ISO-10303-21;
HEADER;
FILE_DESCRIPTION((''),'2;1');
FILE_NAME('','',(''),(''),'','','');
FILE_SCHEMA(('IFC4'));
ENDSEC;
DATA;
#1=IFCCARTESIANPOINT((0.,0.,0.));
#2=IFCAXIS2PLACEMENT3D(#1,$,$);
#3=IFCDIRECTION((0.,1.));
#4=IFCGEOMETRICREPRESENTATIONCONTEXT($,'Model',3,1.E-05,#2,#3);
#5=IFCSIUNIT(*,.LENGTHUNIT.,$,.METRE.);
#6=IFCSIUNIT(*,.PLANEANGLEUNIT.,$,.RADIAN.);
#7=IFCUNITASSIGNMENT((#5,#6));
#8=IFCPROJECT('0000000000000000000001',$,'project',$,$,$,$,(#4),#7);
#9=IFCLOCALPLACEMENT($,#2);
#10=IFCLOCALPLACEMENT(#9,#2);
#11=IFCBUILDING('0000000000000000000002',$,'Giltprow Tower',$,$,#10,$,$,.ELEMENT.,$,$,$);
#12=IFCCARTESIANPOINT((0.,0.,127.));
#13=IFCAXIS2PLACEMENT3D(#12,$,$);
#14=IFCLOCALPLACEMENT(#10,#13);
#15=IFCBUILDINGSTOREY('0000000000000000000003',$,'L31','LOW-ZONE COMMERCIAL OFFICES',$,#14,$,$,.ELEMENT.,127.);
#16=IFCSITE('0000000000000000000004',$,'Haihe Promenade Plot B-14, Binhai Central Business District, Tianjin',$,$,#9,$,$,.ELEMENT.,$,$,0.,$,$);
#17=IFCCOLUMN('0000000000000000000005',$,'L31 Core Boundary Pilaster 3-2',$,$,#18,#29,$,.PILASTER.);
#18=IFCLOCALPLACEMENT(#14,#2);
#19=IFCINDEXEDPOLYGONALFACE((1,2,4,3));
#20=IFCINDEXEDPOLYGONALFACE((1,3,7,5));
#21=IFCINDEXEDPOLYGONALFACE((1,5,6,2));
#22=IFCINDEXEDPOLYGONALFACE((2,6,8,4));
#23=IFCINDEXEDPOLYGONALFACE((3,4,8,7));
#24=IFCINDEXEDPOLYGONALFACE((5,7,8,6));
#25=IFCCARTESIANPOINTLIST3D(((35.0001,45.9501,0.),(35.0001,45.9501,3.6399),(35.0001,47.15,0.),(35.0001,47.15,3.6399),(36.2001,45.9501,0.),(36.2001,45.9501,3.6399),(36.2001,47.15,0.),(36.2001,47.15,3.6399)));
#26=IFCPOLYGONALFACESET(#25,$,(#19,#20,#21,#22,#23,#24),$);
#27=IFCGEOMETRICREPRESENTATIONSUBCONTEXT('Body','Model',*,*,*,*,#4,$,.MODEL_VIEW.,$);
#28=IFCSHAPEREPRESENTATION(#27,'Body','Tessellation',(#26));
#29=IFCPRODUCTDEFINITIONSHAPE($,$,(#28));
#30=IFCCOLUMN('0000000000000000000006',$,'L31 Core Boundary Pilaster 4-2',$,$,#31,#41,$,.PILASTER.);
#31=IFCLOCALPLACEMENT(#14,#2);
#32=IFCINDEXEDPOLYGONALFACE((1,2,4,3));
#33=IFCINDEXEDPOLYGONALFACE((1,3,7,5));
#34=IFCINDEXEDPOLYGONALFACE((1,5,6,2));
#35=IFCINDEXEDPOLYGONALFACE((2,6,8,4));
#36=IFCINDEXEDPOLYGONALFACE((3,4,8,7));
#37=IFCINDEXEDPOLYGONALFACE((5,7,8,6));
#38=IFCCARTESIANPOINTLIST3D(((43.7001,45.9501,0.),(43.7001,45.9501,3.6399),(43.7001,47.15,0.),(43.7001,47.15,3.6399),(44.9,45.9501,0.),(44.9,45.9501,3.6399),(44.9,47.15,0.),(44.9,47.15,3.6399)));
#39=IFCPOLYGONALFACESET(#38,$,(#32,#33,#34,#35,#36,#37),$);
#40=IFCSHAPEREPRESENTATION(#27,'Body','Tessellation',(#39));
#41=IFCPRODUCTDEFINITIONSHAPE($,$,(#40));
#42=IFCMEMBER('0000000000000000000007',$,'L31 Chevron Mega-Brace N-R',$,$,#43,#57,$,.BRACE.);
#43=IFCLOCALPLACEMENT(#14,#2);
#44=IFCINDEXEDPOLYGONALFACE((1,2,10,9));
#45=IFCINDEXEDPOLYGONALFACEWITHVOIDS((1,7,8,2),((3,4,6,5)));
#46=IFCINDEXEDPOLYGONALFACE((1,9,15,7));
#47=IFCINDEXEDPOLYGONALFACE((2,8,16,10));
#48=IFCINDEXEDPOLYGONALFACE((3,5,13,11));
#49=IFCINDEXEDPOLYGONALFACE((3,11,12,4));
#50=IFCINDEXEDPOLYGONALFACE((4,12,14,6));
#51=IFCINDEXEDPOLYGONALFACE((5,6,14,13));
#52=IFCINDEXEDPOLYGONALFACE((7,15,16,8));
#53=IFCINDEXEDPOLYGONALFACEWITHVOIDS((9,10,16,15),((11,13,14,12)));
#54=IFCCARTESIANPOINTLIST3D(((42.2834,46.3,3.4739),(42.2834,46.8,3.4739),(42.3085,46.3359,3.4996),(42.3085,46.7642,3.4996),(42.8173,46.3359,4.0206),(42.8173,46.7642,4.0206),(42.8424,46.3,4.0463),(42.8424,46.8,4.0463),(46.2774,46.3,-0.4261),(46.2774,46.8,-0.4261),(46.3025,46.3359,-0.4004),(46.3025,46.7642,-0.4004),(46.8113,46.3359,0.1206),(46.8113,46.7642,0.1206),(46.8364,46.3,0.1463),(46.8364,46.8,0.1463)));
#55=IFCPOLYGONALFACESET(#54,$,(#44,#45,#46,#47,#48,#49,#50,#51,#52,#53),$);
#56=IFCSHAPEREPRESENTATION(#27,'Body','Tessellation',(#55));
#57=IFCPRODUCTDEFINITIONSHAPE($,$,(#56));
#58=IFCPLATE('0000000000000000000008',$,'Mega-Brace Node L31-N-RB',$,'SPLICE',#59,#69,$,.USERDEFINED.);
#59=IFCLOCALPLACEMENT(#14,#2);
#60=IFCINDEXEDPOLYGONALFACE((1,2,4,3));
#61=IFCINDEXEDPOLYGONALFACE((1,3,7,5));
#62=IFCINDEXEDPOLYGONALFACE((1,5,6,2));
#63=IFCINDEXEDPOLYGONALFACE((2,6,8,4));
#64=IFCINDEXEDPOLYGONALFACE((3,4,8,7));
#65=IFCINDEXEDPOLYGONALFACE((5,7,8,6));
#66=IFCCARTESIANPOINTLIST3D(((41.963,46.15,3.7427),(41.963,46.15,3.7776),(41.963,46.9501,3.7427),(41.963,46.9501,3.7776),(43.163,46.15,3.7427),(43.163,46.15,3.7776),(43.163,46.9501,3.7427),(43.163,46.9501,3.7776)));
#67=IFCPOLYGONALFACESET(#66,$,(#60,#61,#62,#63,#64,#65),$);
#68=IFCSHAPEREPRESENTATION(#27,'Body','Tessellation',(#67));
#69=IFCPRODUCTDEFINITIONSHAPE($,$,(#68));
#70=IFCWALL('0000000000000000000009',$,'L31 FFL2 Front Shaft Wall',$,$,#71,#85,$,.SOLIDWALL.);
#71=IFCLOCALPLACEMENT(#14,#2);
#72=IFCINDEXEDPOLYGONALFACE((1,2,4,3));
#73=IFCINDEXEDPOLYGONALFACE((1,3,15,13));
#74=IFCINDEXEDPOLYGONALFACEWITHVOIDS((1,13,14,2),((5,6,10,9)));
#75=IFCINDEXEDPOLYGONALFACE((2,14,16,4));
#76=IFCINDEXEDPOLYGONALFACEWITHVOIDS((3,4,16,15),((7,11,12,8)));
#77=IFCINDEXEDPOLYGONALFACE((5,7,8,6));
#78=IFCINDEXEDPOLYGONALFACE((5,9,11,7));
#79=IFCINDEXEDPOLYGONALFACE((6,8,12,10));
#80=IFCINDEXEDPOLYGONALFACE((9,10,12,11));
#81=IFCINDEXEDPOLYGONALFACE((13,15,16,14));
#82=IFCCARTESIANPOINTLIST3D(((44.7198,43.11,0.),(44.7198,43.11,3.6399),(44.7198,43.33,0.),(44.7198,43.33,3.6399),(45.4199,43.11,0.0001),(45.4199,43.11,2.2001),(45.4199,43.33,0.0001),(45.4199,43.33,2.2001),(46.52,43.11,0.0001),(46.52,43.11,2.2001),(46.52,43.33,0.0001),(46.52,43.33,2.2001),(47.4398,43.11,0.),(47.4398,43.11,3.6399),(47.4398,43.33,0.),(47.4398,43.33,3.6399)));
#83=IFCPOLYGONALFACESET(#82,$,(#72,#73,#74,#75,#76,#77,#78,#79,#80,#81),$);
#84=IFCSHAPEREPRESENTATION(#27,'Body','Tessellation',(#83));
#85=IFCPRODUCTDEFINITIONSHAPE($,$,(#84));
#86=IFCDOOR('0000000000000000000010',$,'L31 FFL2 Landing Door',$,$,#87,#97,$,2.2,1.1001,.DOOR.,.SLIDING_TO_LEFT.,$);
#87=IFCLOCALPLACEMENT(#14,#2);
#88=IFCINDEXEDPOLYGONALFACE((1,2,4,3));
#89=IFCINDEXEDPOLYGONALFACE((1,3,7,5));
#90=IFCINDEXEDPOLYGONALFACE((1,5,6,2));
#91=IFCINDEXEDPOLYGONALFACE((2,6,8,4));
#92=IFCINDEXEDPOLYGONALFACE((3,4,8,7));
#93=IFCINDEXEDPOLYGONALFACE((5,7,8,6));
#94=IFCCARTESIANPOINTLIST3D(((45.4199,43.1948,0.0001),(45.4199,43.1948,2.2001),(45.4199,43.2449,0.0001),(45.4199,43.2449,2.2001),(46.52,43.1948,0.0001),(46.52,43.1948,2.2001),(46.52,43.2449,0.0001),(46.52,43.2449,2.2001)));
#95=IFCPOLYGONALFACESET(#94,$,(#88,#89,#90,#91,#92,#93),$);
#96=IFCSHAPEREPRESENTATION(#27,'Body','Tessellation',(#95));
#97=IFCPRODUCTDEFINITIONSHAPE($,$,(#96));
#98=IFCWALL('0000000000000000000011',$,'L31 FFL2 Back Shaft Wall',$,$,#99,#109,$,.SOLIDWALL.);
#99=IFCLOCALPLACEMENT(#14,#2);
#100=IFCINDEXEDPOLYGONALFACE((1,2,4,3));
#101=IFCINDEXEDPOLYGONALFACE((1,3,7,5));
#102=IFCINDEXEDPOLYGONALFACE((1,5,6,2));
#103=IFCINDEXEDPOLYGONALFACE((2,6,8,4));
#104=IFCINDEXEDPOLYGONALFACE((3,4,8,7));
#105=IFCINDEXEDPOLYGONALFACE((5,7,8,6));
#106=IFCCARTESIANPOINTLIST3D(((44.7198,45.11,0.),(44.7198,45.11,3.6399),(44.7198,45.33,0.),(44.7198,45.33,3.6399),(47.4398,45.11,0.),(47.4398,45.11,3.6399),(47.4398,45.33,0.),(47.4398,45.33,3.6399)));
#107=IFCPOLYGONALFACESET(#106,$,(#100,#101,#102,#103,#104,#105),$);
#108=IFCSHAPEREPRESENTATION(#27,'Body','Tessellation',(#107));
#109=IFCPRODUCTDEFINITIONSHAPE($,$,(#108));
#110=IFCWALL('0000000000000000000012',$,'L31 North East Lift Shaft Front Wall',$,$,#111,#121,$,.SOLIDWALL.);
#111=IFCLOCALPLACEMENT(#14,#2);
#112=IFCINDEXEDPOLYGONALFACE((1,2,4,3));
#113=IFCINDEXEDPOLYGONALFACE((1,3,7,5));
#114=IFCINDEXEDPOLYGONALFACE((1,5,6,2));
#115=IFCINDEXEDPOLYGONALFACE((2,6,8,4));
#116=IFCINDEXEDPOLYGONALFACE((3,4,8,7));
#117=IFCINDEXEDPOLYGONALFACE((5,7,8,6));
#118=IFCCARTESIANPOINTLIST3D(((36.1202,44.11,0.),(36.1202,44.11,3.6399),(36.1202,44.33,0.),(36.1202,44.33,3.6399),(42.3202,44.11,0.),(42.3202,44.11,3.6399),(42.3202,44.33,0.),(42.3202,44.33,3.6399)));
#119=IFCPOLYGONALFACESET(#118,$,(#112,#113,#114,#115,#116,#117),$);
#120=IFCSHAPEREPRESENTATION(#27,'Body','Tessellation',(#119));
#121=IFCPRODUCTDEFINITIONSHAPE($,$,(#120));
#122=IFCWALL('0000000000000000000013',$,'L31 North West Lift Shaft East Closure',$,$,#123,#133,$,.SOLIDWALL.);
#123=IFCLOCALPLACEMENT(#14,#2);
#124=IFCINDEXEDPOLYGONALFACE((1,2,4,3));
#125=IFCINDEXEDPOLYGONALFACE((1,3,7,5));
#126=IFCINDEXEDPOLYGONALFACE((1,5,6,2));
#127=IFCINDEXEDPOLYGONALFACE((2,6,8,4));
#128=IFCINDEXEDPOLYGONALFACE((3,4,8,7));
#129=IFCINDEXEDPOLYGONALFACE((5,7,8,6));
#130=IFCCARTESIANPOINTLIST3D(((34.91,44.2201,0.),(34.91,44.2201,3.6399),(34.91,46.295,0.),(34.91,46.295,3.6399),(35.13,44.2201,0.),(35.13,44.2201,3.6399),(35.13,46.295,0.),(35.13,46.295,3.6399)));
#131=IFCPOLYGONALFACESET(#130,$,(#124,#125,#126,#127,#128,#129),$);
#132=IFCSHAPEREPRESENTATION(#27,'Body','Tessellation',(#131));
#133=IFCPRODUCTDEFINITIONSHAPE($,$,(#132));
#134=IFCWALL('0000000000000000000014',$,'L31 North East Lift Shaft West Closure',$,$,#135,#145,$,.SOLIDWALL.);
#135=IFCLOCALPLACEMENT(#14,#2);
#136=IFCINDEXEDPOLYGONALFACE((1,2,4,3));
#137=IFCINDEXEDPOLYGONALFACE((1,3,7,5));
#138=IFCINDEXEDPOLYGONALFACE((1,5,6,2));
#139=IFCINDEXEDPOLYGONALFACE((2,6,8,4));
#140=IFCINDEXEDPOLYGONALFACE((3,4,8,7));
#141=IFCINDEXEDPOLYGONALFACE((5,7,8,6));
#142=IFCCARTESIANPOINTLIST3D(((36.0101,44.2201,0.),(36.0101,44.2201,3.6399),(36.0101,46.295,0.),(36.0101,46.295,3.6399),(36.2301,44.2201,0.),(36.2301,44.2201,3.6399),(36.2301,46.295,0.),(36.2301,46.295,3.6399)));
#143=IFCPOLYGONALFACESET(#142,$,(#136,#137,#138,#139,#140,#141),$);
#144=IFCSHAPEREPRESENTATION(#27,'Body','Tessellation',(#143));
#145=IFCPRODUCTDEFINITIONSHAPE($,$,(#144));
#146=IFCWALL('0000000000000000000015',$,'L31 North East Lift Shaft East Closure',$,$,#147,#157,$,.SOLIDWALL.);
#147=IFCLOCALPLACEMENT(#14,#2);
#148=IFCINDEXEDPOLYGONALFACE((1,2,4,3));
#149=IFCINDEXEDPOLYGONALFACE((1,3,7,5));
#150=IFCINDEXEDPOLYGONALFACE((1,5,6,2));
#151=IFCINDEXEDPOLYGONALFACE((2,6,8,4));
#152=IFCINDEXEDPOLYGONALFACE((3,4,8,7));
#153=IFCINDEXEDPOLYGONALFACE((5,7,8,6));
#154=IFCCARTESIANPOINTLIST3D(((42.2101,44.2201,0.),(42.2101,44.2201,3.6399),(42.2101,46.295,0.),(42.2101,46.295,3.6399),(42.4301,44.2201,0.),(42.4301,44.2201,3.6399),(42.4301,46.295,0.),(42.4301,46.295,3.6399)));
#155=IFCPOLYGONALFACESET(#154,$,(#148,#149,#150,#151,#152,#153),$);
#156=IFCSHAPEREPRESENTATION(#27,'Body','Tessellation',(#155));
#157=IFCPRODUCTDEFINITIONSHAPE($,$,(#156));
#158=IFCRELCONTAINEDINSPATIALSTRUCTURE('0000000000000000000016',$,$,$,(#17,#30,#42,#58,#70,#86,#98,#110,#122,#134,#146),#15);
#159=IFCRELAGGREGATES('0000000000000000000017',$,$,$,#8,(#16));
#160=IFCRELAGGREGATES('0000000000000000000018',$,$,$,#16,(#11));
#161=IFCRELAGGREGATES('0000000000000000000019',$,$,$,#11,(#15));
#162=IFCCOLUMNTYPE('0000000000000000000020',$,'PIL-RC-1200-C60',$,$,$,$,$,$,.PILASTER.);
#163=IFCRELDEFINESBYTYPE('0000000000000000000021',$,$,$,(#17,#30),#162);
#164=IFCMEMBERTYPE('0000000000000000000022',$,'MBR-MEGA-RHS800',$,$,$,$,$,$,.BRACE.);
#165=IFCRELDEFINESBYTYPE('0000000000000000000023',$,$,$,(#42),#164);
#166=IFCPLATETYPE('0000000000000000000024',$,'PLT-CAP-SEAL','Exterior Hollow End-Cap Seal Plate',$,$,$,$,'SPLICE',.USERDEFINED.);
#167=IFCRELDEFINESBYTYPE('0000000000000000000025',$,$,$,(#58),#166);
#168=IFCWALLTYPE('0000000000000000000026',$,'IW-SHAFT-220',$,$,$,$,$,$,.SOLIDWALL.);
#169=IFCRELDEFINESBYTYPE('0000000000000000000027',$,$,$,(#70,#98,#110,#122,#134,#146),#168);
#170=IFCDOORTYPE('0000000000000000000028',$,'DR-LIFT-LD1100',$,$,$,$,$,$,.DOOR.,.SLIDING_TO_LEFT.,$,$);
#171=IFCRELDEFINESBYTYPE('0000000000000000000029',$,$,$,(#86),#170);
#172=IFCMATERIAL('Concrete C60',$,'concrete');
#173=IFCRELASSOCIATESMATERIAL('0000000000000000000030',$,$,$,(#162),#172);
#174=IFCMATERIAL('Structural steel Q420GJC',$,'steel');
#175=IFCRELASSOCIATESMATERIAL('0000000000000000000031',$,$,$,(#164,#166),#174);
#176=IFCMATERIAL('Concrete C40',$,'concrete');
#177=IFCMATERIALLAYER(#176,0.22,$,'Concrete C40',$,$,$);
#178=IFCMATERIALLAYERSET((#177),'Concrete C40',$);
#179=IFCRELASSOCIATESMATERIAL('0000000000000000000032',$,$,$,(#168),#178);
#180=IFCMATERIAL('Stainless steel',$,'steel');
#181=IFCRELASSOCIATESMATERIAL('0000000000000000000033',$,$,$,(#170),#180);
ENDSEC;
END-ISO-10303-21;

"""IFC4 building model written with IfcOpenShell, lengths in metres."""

from ifc_helpers import new_model, si_unit, direction, frame, frame_2d, origin, origin_2d, place, context, subcontext, project, spatial, rectangle, hollow_rectangle, extrude, source, transform, mapped, material, layer, layer_set, material_profile, profile_set, type_object, element, fill, save


model = new_model("IFC4")

# Units and contexts
model_context = context("Model", 3, precision=1e-05, world=origin(), true_north=direction((0.0, 1.0)))
body_context = subcontext(model_context, "Body", "Model", "MODEL_VIEW")
ifc_project = project(units=[si_unit("LENGTHUNIT", "METRE"), si_unit("PLANEANGLEUNIT", "RADIAN")], contexts=[model_context])

# Site, building, storey
site_placement = place(None, origin())
site = spatial("IfcSite", under=ifc_project, at=site_placement, Name="Haihe Promenade Plot B-14, Binhai Central Business District, Tianjin", CompositionType="ELEMENT", RefElevation=0.0)
building_placement = place(site_placement, origin())
building = spatial("IfcBuilding", under=site, at=building_placement, Name="Giltprow Tower", CompositionType="ELEMENT")
storey_placement = place(building_placement, frame((0.0, 0.0, 127.0)))
storey = spatial("IfcBuildingStorey", under=building, at=storey_placement, Name="L31", Description="LOW-ZONE COMMERCIAL OFFICES", CompositionType="ELEMENT", Elevation=127.0)

# Columns
ifc_material_1 = material(Name="Concrete C60", Category="concrete")
ifc_material_profile_1 = material_profile(ifc_material_1, rectangle(XDim=1.2, YDim=1.2, at=origin_2d()), Name="RC 1200x1200")
ifc_profile_set_1 = profile_set([ifc_material_profile_1], Name="Concrete C60")
column_type = type_object("IfcColumnType", Name="PIL-RC-1200-C60", PredefinedType="PILASTER", material=ifc_profile_set_1)
shared_shape_1 = source(origin(), body_context, "Body", "SweptSolid", [
    extrude(rectangle(XDim=1.2, YDim=1.2, at=origin_2d()), origin(), (0.0, 0.0, 1.0), 3.6399),
])
for number, where, z_axis, x_axis, name in (
    (1, (35.6001, 46.55, 0.0), (0.0, 0.0, 1.0), (1.0, 0.0, 0.0), "L31 Core Boundary Pilaster 3-2"),
    (2, (44.3, 46.55, 0.0), (0.0, 0.0, 1.0), (1.0, 0.0, 0.0), "L31 Core Boundary Pilaster 4-2"),
):
    element("IfcColumn", number, at=place(storey_placement, frame(where, z_axis=z_axis, x_axis=x_axis)), inside=storey, type_object=column_type, Name=name, PredefinedType="PILASTER", context=body_context, shape_type="MappedRepresentation", body=[
        mapped(shared_shape_1, transform((0.0, 0.0, 0.0), x_axis=(1.0, 0.0, 0.0), y_axis=(0.0, 1.0, 0.0), z_axis=(0.0, 0.0, 1.0), scale=1.0)),
    ])

# Member
ifc_material_2 = material(Name="Structural steel Q420GJC", Category="steel")
ifc_material_profile_2 = material_profile(ifc_material_2, hollow_rectangle(XDim=0.5, YDim=0.8, WallThickness=0.0359, at=origin_2d()), Name="RHS 800x500x36")
ifc_profile_set_2 = profile_set([ifc_material_profile_2], Name="Structural steel Q420GJC")
member_type = type_object("IfcMemberType", Name="MBR-MEGA-RHS800", PredefinedType="BRACE", material=ifc_profile_set_2)
shared_shape_2 = source(origin(), body_context, "Body", "SweptSolid", [
    extrude(hollow_rectangle(XDim=0.5, YDim=0.8, WallThickness=0.0359, at=origin_2d()), origin(), (0.0, 0.0, 1.0), 5.5823),
])
member_placement = place(storey_placement, frame((46.5569, 46.55, -0.1399), z_axis=(-0.715476, 0.0, 0.698637), x_axis=(0.0, -1.0, 0.0)))
element("IfcMember", 3, at=member_placement, inside=storey, type_object=member_type, Name="L31 Chevron Mega-Brace N-R", PredefinedType="BRACE", context=body_context, shape_type="MappedRepresentation", body=[
    mapped(shared_shape_2, transform((0.0, 0.0, 0.0), x_axis=(1.0, 0.0, 0.0), y_axis=(0.0, 1.0, 0.0), z_axis=(0.0, 0.0, 1.0), scale=1.0)),
])

# Plate
plate_type = type_object("IfcPlateType", Name="PLT-CAP-SEAL", Description="Exterior Hollow End-Cap Seal Plate", ElementType="SPLICE", PredefinedType="USERDEFINED", material=ifc_material_2)
shared_shape_3 = source(origin(), body_context, "Body", "SweptSolid", [
    extrude(rectangle(XDim=1.2, YDim=0.8, at=origin_2d()), origin(), (0.0, 0.0, 1.0), 0.0349),
])
plate_placement = place(storey_placement, frame((42.563, 46.55, 3.7427), z_axis=(0.0, 0.0, 1.0), x_axis=(1.0, 0.0, 0.0)))
element("IfcPlate", 4, at=plate_placement, inside=storey, type_object=plate_type, Name="Mega-Brace Node L31-N-RB", ObjectType="SPLICE", PredefinedType="USERDEFINED", context=body_context, shape_type="MappedRepresentation", body=[
    mapped(shared_shape_3, transform((0.0, 0.0, 0.0), x_axis=(1.0, 0.0, 0.0), y_axis=(0.0, 1.0, 0.0), z_axis=(0.0, 0.0, 1.0), scale=1.0)),
])

# Wall, opening, door
ifc_material_3 = material(Name="Concrete C40", Category="concrete")
ifc_layer_1 = layer(ifc_material_3, 0.22, Name="Concrete C40")
ifc_layer_set_1 = layer_set([ifc_layer_1], Name="Concrete C40")
wall_type_1 = type_object("IfcWallType", Name="IW-SHAFT-220", PredefinedType="SOLIDWALL", material=ifc_layer_set_1)
wall_1_placement = place(storey_placement, frame((44.72, 43.22, 0.0), z_axis=(0.0, 0.0, 1.0), x_axis=(1.0, 0.0, 0.0)))
wall_1 = element("IfcWall", 5, at=wall_1_placement, inside=storey, type_object=wall_type_1, Name="L31 FFL2 Front Shaft Wall", PredefinedType="SOLIDWALL", context=body_context, shape_type="SweptSolid", body=[
    extrude(rectangle(XDim=2.72, YDim=0.22, at=frame_2d((1.3599, 0.0))), origin(), (0.0, 0.0, 1.0), 3.6399),
])
opening_1_placement = place(wall_1_placement, frame((0.7, 0.0, 0.0)))
opening_1 = element("IfcOpeningElement", 6, at=opening_1_placement, cuts=wall_1, PredefinedType="OPENING", context=body_context, shape_type="SweptSolid", body=[
    extrude(rectangle(XDim=1.1001, YDim=2.2, at=frame_2d((0.55, 1.1001))), frame((0.0, 0.1199, 0.0), z_axis=(0.0, -1.0, 0.0), x_axis=(1.0, 0.0, 0.0)), (0.0, 0.0, 1.0), 0.24),
])
ifc_material_4 = material(Name="Stainless steel", Category="steel")
door_type = type_object("IfcDoorType", Name="DR-LIFT-LD1100", OperationType="SLIDING_TO_LEFT", PredefinedType="DOOR", material=ifc_material_4)
shared_shape_4 = source(origin(), body_context, "Body", "SweptSolid", [
    extrude(rectangle(XDim=1.1001, YDim=2.2, at=frame_2d((0.55, 1.1001))), frame((0.0, 0.0249, 0.0), z_axis=(0.0, -1.0, 0.0), x_axis=(1.0, 0.0, 0.0)), (0.0, 0.0, 1.0), 0.05),
])
door_1_placement = place(opening_1_placement, origin())
door_1 = element("IfcDoor", 7, at=door_1_placement, inside=storey, type_object=door_type, Name="L31 FFL2 Landing Door", OperationType="SLIDING_TO_LEFT", OverallHeight=2.2, OverallWidth=1.1001, PredefinedType="DOOR", context=body_context, shape_type="MappedRepresentation", body=[
    mapped(shared_shape_4, transform((0.0, 0.0, 0.0), x_axis=(1.0, 0.0, 0.0), y_axis=(0.0, 1.0, 0.0), z_axis=(0.0, 0.0, 1.0), scale=1.0)),
])
fill(opening_1, door_1)

# Walls
wall_2_placement = place(storey_placement, frame((44.72, 45.22, 0.0), z_axis=(0.0, 0.0, 1.0), x_axis=(1.0, 0.0, 0.0)))
element("IfcWall", 8, at=wall_2_placement, inside=storey, type_object=wall_type_1, Name="L31 FFL2 Back Shaft Wall", PredefinedType="SOLIDWALL", context=body_context, shape_type="SweptSolid", body=[
    extrude(rectangle(XDim=2.72, YDim=0.22, at=frame_2d((1.3599, 0.0))), origin(), (0.0, 0.0, 1.0), 3.6399),
])
wall_3_placement = place(storey_placement, frame((36.1201, 44.22, 0.0), z_axis=(0.0, 0.0, 1.0), x_axis=(1.0, 0.0, 0.0)))
element("IfcWall", 9, at=wall_3_placement, inside=storey, type_object=wall_type_1, Name="L31 North East Lift Shaft Front Wall", PredefinedType="SOLIDWALL", context=body_context, shape_type="SweptSolid", body=[
    extrude(rectangle(XDim=6.2, YDim=0.22, at=frame_2d((3.1001, 0.0))), origin(), (0.0, 0.0, 1.0), 3.6399),
])
for number, where, z_axis, x_axis, name in (
    (10, (35.02, 44.22, 0.0), (0.0, 0.0, 1.0), (0.0, 1.0, 0.0), "L31 North West Lift Shaft East Closure"),
    (11, (36.1201, 44.22, 0.0), (0.0, 0.0, 1.0), (0.0, 1.0, 0.0), "L31 North East Lift Shaft West Closure"),
    (12, (42.3201, 44.22, 0.0), (0.0, 0.0, 1.0), (0.0, 1.0, 0.0), "L31 North East Lift Shaft East Closure"),
):
    element("IfcWall", number, at=place(storey_placement, frame(where, z_axis=z_axis, x_axis=x_axis)), inside=storey, type_object=wall_type_1, Name=name, PredefinedType="SOLIDWALL", context=body_context, shape_type="SweptSolid", body=[
        extrude(rectangle(XDim=2.075, YDim=0.22, at=frame_2d((1.0376, 0.0))), origin(), (0.0, 0.0, 1.0), 3.6399),
    ])

save(model, "model.ifc")
